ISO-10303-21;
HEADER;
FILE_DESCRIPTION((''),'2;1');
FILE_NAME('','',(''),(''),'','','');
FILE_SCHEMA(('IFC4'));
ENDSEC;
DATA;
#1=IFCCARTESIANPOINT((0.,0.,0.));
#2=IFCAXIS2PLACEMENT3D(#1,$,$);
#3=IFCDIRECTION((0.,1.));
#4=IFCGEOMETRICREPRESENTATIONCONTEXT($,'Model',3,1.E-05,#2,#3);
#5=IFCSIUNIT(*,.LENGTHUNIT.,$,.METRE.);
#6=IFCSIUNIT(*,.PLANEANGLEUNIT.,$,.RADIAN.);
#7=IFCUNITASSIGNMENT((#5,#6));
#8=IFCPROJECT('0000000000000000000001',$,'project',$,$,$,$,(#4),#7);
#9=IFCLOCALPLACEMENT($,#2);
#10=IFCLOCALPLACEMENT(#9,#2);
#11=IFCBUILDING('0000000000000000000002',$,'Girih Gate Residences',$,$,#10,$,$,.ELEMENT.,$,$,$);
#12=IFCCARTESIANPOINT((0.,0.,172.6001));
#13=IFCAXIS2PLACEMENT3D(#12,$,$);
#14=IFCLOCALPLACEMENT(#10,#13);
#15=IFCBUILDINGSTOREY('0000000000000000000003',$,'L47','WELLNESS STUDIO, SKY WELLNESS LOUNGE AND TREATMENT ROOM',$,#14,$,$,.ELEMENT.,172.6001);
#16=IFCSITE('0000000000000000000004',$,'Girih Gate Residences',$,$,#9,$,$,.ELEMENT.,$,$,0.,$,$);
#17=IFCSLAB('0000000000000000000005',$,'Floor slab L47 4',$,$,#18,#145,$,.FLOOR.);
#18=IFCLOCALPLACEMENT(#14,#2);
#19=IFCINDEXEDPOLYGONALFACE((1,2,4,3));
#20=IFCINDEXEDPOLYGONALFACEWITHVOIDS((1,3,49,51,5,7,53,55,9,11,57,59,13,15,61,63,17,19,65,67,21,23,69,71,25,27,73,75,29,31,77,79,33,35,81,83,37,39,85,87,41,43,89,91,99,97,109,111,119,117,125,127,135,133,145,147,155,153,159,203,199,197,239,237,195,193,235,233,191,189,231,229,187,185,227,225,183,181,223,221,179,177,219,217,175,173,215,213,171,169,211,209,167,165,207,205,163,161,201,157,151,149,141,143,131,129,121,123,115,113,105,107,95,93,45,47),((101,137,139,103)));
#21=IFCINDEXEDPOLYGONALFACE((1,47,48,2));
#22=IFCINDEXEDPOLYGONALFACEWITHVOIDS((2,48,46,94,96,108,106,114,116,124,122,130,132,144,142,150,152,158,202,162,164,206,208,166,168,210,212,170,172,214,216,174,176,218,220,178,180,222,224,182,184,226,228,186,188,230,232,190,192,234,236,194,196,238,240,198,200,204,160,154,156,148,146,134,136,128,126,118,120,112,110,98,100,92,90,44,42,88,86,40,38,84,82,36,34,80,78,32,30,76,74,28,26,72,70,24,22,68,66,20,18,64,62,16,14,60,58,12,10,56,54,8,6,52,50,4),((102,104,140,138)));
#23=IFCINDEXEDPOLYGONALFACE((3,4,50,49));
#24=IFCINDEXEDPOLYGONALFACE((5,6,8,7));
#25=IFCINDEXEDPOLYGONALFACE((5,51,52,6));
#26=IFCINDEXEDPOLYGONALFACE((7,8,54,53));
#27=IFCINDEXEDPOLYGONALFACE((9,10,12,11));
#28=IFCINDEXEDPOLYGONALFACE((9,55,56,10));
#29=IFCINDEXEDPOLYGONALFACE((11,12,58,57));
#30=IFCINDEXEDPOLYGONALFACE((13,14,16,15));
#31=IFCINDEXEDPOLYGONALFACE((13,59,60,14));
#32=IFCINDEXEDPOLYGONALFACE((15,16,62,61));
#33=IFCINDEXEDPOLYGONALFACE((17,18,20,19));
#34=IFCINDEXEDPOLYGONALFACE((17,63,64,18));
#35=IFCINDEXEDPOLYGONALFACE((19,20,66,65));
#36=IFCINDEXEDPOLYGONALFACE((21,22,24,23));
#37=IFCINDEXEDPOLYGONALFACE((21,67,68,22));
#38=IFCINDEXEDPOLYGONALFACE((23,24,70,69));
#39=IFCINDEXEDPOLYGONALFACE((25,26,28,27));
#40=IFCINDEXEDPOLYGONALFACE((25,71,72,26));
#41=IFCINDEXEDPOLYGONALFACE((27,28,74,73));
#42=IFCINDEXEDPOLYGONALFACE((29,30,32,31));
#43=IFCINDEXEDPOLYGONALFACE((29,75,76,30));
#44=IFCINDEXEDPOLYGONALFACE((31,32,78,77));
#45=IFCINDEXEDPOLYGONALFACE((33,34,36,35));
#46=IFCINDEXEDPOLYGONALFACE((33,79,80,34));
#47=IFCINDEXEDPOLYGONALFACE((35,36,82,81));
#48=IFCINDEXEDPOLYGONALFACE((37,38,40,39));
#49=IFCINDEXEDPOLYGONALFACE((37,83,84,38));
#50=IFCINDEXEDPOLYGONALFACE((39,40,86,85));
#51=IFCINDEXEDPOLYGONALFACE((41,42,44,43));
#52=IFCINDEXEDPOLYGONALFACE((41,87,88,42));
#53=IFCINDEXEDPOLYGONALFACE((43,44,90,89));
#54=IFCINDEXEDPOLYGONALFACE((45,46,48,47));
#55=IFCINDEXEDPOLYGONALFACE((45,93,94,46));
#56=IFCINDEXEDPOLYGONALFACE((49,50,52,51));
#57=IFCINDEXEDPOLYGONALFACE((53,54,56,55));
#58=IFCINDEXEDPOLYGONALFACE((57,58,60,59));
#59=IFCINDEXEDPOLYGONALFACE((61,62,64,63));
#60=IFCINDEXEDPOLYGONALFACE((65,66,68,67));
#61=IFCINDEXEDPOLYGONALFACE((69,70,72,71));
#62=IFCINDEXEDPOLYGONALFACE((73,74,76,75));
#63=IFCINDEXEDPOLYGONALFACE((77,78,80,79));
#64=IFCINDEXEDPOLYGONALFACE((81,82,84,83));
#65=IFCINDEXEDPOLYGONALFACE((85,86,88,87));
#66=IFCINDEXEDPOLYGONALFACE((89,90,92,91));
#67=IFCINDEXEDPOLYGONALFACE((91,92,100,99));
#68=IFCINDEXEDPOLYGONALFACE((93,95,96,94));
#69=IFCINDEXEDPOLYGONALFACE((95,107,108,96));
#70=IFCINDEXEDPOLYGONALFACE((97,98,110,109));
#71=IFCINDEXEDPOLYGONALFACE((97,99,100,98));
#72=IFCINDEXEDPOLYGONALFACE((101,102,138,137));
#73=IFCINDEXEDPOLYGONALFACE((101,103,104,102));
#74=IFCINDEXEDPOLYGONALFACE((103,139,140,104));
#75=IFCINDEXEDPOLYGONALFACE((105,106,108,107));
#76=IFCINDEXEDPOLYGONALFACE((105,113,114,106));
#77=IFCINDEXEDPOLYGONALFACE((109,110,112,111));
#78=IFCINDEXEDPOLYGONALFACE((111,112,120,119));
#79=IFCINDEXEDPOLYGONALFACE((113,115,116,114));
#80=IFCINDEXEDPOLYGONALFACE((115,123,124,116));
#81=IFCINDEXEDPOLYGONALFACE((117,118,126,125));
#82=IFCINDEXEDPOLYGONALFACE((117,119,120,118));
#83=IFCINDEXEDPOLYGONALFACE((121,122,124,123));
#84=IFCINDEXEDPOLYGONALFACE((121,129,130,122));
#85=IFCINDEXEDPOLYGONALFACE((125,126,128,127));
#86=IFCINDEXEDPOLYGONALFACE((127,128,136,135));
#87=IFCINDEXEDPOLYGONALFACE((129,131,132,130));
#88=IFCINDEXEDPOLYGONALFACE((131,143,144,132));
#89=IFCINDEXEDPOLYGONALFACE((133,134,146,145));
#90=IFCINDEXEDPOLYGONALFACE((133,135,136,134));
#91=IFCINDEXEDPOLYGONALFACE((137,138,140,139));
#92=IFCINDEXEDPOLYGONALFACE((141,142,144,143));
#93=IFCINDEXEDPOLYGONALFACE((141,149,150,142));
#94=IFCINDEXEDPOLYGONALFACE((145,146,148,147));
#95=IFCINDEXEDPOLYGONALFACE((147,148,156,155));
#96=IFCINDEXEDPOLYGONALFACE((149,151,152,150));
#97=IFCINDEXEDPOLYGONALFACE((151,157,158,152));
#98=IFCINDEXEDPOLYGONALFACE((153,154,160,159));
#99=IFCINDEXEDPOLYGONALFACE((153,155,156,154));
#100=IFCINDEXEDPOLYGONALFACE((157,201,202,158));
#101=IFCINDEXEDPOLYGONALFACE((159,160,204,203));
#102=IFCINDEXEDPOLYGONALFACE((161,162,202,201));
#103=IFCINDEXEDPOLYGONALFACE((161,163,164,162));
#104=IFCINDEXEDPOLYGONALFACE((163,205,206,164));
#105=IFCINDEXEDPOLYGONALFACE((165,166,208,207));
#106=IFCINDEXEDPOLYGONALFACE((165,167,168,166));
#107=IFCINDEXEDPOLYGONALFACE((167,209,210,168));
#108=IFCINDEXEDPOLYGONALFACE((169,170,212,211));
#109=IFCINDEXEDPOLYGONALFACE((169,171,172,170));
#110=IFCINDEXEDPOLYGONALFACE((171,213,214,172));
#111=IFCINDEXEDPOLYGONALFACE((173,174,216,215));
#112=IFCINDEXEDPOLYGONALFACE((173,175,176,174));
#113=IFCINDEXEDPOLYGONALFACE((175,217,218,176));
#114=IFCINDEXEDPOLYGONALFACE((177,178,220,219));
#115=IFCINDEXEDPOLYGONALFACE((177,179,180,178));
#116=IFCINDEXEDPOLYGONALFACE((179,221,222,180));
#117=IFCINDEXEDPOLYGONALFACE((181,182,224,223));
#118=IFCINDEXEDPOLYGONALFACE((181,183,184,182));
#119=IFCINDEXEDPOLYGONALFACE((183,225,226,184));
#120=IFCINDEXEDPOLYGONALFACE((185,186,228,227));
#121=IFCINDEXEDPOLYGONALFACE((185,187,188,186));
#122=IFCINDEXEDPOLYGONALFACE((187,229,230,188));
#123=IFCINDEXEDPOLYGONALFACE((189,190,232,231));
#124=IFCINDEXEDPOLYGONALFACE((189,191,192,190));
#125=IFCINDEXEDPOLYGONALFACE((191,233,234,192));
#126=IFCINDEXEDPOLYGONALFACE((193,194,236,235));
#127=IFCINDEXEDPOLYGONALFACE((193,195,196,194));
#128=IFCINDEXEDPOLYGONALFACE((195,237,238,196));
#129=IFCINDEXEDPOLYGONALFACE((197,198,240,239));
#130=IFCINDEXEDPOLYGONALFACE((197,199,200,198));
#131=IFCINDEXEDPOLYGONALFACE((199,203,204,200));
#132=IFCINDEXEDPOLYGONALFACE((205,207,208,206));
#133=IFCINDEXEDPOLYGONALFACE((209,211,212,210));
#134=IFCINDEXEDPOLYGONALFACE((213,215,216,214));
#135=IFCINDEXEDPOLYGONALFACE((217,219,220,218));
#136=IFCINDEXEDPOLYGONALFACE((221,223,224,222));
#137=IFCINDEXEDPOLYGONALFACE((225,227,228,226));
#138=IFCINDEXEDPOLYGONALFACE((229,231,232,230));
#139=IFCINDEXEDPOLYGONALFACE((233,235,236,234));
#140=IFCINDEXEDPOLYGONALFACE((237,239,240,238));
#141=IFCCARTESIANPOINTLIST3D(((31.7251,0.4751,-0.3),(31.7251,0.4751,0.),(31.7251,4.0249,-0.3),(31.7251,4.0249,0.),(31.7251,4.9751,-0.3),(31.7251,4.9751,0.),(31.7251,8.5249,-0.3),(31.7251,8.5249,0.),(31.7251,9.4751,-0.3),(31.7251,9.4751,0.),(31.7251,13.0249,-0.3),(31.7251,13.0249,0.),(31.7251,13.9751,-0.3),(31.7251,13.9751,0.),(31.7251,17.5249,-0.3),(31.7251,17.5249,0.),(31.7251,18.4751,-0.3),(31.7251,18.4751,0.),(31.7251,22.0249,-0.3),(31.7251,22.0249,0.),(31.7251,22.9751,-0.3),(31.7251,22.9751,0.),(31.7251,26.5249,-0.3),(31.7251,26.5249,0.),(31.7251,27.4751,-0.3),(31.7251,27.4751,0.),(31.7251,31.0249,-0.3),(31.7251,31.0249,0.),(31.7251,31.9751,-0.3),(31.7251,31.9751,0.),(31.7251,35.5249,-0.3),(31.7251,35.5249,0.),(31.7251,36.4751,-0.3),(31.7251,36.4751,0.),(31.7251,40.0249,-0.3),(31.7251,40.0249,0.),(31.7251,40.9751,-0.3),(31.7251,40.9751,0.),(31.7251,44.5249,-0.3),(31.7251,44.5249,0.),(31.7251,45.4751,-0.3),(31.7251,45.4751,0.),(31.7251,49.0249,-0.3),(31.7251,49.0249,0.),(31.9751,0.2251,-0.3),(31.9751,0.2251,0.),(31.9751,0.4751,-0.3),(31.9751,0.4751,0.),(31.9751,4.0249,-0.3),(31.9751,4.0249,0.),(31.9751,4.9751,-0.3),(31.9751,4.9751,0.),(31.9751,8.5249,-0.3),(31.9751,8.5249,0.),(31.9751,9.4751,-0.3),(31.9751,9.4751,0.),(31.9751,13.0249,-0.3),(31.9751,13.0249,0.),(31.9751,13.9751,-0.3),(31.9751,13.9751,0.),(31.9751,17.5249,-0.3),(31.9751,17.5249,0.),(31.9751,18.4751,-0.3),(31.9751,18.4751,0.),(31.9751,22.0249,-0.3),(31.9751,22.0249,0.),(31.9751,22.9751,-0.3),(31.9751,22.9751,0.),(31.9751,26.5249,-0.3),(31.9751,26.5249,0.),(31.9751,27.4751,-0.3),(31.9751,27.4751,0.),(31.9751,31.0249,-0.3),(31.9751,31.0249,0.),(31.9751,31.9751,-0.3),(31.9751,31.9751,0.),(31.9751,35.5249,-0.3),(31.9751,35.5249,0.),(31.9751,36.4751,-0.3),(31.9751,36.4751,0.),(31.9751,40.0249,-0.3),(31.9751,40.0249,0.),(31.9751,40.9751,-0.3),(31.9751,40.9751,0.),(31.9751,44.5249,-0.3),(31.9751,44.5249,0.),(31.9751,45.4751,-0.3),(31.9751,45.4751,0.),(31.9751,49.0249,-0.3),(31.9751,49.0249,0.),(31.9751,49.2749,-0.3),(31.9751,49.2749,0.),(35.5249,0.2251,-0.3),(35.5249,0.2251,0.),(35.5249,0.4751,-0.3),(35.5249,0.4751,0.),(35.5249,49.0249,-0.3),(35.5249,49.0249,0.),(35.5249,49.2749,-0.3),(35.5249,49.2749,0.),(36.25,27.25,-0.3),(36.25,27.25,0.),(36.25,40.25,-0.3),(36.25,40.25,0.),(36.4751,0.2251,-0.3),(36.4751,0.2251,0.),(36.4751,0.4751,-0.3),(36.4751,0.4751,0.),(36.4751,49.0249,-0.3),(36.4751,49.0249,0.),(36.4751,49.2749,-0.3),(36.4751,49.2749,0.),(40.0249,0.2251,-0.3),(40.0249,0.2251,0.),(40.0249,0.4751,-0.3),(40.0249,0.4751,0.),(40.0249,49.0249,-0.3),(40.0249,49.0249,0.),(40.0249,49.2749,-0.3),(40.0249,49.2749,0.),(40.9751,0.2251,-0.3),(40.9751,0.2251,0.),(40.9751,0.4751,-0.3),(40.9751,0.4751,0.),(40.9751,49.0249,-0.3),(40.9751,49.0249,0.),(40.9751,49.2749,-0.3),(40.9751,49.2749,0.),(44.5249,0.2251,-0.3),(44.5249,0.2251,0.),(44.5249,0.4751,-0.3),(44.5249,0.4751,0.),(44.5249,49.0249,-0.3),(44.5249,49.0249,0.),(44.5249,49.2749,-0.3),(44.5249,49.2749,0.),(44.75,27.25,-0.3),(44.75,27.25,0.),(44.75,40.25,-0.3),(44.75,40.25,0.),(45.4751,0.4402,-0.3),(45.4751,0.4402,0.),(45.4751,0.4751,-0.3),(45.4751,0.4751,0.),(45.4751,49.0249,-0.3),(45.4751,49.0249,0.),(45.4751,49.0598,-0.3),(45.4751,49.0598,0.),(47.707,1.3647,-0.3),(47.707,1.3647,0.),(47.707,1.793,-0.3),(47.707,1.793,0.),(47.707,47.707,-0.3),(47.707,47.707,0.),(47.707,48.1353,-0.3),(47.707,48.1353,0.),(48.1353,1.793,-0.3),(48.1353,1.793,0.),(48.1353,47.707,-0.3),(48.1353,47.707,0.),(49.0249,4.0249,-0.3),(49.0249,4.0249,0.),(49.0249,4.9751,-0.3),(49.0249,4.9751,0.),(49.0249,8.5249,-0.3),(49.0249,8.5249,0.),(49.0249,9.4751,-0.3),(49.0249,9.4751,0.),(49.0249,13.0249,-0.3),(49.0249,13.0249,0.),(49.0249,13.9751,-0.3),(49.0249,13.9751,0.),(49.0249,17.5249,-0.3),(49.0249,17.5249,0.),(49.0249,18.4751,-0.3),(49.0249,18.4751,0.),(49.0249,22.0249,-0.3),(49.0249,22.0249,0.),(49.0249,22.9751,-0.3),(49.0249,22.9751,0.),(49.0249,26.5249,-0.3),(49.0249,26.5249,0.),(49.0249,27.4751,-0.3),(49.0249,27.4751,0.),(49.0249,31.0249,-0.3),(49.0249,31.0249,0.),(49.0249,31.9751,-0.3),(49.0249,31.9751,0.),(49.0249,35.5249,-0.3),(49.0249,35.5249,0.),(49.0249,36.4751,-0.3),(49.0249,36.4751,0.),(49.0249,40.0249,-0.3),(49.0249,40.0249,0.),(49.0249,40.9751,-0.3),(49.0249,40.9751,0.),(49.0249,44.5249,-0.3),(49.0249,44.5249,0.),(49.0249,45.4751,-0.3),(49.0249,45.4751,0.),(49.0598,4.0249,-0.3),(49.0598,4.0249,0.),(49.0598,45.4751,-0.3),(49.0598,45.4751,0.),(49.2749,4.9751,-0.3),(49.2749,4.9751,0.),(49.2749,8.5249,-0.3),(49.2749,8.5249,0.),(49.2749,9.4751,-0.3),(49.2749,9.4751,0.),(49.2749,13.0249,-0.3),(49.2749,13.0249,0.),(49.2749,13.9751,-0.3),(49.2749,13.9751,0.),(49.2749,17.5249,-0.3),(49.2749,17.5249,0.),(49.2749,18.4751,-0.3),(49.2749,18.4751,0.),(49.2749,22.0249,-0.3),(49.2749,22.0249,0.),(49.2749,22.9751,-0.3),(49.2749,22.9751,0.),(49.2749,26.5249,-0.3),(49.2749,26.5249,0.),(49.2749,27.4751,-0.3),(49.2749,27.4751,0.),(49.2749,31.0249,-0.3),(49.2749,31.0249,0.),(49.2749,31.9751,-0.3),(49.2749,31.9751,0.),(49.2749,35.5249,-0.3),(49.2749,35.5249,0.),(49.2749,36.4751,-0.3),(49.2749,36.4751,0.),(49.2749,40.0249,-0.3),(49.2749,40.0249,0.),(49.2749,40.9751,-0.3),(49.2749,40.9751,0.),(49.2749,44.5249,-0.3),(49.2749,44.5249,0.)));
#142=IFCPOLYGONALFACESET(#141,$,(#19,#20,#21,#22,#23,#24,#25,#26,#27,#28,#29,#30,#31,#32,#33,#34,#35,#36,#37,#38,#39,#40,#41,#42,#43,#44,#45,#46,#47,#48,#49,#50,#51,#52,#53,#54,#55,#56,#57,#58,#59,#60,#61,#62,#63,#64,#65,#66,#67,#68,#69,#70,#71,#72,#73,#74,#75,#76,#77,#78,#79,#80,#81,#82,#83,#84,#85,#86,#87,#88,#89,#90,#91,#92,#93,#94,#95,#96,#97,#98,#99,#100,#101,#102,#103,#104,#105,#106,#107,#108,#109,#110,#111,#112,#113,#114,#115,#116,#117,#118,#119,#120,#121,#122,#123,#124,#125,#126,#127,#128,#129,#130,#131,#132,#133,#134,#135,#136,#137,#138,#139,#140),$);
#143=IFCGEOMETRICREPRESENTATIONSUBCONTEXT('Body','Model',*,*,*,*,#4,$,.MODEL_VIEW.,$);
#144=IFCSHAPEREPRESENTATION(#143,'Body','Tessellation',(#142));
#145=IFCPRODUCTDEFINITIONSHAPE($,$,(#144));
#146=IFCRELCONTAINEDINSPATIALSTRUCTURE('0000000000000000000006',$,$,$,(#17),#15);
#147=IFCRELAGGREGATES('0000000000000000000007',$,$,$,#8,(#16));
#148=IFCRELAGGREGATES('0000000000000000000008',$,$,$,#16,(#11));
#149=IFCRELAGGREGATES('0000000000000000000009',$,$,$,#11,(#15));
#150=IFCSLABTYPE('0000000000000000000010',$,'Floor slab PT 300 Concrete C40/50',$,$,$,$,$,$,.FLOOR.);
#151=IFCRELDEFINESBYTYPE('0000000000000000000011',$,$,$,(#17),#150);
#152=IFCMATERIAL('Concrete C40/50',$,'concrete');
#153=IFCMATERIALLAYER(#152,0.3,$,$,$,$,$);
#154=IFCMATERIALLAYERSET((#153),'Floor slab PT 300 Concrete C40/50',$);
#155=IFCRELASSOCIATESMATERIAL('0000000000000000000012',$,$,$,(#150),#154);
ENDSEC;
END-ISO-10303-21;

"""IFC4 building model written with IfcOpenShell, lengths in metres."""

from ifc_helpers import new_model, si_unit, direction, frame, origin, place, context, subcontext, project, spatial, polyline, outline, extrude, material, layer, layer_set, type_object, element, save


model = new_model("IFC4")

# Units and contexts
model_context = context("Model", 3, precision=1e-05, world=origin(), true_north=direction((0.0, 1.0)))
body_context = subcontext(model_context, "Body", "Model", "MODEL_VIEW")
ifc_project = project(units=[si_unit("LENGTHUNIT", "METRE"), si_unit("PLANEANGLEUNIT", "RADIAN")], contexts=[model_context])

# Site, building, storey
site_placement = place(None, origin())
site = spatial("IfcSite", under=ifc_project, at=site_placement, Name="Girih Gate Residences", CompositionType="ELEMENT", RefElevation=0.0)
building_placement = place(site_placement, origin())
building = spatial("IfcBuilding", under=site, at=building_placement, Name="Girih Gate Residences", CompositionType="ELEMENT")
storey_placement = place(building_placement, frame((0.0, 0.0, 172.6001)))
storey = spatial("IfcBuildingStorey", under=building, at=storey_placement, Name="L47", Description="WELLNESS STUDIO, SKY WELLNESS LOUNGE AND TREATMENT ROOM", CompositionType="ELEMENT", Elevation=172.6001)

# Slab
ifc_material_1 = material(Name="Concrete C40/50", Category="concrete")
ifc_layer_1 = layer(ifc_material_1, 0.3)
ifc_layer_set_1 = layer_set([ifc_layer_1], Name="Floor slab PT 300 Concrete C40/50")
slab_type_1 = type_object("IfcSlabType", Name="Floor slab PT 300 Concrete C40/50", PredefinedType="FLOOR", material=ifc_layer_set_1)
slab_1_placement = place(storey_placement, frame((0.0, 0.0, -0.3)))
element("IfcSlab", 1, at=slab_1_placement, inside=storey, type_object=slab_type_1, Name="Floor slab L47 4", PredefinedType="FLOOR", context=body_context, shape_type="SweptSolid", body=[
    extrude(outline(polyline([(35.5249, 49.2749), (31.9751, 49.2749), (31.9751, 49.0249), (31.7251, 49.0249), (31.7251, 45.4751), (31.9751, 45.4751), (31.9751, 44.5249), (31.7251, 44.5249), (31.7251, 40.9751), (31.9751, 40.9751), (31.9751, 40.0249), (31.7251, 40.0249), (31.7251, 36.4751), (31.9751, 36.4751), (31.9751, 35.5249), (31.7251, 35.5249), (31.7251, 31.9751), (31.9751, 31.9751), (31.9751, 31.0249), (31.7251, 31.0249), (31.7251, 27.4751), (31.9751, 27.4751), (31.9751, 26.5249), (31.7251, 26.5249), (31.7251, 22.9751), (31.9751, 22.9751), (31.9751, 22.0249), (31.7251, 22.0249), (31.7251, 18.4751), (31.9751, 18.4751), (31.9751, 17.5249), (31.7251, 17.5249), (31.7251, 13.9751), (31.9751, 13.9751), (31.9751, 13.0249), (31.7251, 13.0249), (31.7251, 9.4751), (31.9751, 9.4751), (31.9751, 8.5249), (31.7251, 8.5249), (31.7251, 4.9751), (31.9751, 4.9751), (31.9751, 4.0249), (31.7251, 4.0249), (31.7251, 0.4751), (31.9751, 0.4751), (31.9751, 0.2251), (35.5249, 0.2251), (35.5249, 0.4751), (36.4751, 0.4751), (36.4751, 0.2251), (40.0249, 0.2251), (40.0249, 0.4751), (40.9751, 0.4751), (40.9751, 0.2251), (44.5249, 0.2251), (44.5249, 0.4751), (45.4751, 0.4751), (45.4751, 0.4402), (47.707, 1.3647), (47.707, 1.793), (48.1353, 1.793), (49.0598, 4.0249), (49.0249, 4.0249), (49.0249, 4.9751), (49.2749, 4.9751), (49.2749, 8.5249), (49.0249, 8.5249), (49.0249, 9.4751), (49.2749, 9.4751), (49.2749, 13.0249), (49.0249, 13.0249), (49.0249, 13.9751), (49.2749, 13.9751), (49.2749, 17.5249), (49.0249, 17.5249), (49.0249, 18.4751), (49.2749, 18.4751), (49.2749, 22.0249), (49.0249, 22.0249), (49.0249, 22.9751), (49.2749, 22.9751), (49.2749, 26.5249), (49.0249, 26.5249), (49.0249, 27.4751), (49.2749, 27.4751), (49.2749, 31.0249), (49.0249, 31.0249), (49.0249, 31.9751), (49.2749, 31.9751), (49.2749, 35.5249), (49.0249, 35.5249), (49.0249, 36.4751), (49.2749, 36.4751), (49.2749, 40.0249), (49.0249, 40.0249), (49.0249, 40.9751), (49.2749, 40.9751), (49.2749, 44.5249), (49.0249, 44.5249), (49.0249, 45.4751), (49.0598, 45.4751), (48.1353, 47.707), (47.707, 47.707), (47.707, 48.1353), (45.4751, 49.0598), (45.4751, 49.0249), (44.5249, 49.0249), (44.5249, 49.2749), (40.9751, 49.2749), (40.9751, 49.0249), (40.0249, 49.0249), (40.0249, 49.2749), (36.4751, 49.2749), (36.4751, 49.0249), (35.5249, 49.0249), (35.5249, 49.2749)]), holes=[polyline([(44.75, 40.25), (44.75, 27.25), (36.25, 27.25), (36.25, 40.25), (44.75, 40.25)])]), origin(), (0.0, 0.0, 1.0), 0.3),
])

save(model, "model.ifc")
